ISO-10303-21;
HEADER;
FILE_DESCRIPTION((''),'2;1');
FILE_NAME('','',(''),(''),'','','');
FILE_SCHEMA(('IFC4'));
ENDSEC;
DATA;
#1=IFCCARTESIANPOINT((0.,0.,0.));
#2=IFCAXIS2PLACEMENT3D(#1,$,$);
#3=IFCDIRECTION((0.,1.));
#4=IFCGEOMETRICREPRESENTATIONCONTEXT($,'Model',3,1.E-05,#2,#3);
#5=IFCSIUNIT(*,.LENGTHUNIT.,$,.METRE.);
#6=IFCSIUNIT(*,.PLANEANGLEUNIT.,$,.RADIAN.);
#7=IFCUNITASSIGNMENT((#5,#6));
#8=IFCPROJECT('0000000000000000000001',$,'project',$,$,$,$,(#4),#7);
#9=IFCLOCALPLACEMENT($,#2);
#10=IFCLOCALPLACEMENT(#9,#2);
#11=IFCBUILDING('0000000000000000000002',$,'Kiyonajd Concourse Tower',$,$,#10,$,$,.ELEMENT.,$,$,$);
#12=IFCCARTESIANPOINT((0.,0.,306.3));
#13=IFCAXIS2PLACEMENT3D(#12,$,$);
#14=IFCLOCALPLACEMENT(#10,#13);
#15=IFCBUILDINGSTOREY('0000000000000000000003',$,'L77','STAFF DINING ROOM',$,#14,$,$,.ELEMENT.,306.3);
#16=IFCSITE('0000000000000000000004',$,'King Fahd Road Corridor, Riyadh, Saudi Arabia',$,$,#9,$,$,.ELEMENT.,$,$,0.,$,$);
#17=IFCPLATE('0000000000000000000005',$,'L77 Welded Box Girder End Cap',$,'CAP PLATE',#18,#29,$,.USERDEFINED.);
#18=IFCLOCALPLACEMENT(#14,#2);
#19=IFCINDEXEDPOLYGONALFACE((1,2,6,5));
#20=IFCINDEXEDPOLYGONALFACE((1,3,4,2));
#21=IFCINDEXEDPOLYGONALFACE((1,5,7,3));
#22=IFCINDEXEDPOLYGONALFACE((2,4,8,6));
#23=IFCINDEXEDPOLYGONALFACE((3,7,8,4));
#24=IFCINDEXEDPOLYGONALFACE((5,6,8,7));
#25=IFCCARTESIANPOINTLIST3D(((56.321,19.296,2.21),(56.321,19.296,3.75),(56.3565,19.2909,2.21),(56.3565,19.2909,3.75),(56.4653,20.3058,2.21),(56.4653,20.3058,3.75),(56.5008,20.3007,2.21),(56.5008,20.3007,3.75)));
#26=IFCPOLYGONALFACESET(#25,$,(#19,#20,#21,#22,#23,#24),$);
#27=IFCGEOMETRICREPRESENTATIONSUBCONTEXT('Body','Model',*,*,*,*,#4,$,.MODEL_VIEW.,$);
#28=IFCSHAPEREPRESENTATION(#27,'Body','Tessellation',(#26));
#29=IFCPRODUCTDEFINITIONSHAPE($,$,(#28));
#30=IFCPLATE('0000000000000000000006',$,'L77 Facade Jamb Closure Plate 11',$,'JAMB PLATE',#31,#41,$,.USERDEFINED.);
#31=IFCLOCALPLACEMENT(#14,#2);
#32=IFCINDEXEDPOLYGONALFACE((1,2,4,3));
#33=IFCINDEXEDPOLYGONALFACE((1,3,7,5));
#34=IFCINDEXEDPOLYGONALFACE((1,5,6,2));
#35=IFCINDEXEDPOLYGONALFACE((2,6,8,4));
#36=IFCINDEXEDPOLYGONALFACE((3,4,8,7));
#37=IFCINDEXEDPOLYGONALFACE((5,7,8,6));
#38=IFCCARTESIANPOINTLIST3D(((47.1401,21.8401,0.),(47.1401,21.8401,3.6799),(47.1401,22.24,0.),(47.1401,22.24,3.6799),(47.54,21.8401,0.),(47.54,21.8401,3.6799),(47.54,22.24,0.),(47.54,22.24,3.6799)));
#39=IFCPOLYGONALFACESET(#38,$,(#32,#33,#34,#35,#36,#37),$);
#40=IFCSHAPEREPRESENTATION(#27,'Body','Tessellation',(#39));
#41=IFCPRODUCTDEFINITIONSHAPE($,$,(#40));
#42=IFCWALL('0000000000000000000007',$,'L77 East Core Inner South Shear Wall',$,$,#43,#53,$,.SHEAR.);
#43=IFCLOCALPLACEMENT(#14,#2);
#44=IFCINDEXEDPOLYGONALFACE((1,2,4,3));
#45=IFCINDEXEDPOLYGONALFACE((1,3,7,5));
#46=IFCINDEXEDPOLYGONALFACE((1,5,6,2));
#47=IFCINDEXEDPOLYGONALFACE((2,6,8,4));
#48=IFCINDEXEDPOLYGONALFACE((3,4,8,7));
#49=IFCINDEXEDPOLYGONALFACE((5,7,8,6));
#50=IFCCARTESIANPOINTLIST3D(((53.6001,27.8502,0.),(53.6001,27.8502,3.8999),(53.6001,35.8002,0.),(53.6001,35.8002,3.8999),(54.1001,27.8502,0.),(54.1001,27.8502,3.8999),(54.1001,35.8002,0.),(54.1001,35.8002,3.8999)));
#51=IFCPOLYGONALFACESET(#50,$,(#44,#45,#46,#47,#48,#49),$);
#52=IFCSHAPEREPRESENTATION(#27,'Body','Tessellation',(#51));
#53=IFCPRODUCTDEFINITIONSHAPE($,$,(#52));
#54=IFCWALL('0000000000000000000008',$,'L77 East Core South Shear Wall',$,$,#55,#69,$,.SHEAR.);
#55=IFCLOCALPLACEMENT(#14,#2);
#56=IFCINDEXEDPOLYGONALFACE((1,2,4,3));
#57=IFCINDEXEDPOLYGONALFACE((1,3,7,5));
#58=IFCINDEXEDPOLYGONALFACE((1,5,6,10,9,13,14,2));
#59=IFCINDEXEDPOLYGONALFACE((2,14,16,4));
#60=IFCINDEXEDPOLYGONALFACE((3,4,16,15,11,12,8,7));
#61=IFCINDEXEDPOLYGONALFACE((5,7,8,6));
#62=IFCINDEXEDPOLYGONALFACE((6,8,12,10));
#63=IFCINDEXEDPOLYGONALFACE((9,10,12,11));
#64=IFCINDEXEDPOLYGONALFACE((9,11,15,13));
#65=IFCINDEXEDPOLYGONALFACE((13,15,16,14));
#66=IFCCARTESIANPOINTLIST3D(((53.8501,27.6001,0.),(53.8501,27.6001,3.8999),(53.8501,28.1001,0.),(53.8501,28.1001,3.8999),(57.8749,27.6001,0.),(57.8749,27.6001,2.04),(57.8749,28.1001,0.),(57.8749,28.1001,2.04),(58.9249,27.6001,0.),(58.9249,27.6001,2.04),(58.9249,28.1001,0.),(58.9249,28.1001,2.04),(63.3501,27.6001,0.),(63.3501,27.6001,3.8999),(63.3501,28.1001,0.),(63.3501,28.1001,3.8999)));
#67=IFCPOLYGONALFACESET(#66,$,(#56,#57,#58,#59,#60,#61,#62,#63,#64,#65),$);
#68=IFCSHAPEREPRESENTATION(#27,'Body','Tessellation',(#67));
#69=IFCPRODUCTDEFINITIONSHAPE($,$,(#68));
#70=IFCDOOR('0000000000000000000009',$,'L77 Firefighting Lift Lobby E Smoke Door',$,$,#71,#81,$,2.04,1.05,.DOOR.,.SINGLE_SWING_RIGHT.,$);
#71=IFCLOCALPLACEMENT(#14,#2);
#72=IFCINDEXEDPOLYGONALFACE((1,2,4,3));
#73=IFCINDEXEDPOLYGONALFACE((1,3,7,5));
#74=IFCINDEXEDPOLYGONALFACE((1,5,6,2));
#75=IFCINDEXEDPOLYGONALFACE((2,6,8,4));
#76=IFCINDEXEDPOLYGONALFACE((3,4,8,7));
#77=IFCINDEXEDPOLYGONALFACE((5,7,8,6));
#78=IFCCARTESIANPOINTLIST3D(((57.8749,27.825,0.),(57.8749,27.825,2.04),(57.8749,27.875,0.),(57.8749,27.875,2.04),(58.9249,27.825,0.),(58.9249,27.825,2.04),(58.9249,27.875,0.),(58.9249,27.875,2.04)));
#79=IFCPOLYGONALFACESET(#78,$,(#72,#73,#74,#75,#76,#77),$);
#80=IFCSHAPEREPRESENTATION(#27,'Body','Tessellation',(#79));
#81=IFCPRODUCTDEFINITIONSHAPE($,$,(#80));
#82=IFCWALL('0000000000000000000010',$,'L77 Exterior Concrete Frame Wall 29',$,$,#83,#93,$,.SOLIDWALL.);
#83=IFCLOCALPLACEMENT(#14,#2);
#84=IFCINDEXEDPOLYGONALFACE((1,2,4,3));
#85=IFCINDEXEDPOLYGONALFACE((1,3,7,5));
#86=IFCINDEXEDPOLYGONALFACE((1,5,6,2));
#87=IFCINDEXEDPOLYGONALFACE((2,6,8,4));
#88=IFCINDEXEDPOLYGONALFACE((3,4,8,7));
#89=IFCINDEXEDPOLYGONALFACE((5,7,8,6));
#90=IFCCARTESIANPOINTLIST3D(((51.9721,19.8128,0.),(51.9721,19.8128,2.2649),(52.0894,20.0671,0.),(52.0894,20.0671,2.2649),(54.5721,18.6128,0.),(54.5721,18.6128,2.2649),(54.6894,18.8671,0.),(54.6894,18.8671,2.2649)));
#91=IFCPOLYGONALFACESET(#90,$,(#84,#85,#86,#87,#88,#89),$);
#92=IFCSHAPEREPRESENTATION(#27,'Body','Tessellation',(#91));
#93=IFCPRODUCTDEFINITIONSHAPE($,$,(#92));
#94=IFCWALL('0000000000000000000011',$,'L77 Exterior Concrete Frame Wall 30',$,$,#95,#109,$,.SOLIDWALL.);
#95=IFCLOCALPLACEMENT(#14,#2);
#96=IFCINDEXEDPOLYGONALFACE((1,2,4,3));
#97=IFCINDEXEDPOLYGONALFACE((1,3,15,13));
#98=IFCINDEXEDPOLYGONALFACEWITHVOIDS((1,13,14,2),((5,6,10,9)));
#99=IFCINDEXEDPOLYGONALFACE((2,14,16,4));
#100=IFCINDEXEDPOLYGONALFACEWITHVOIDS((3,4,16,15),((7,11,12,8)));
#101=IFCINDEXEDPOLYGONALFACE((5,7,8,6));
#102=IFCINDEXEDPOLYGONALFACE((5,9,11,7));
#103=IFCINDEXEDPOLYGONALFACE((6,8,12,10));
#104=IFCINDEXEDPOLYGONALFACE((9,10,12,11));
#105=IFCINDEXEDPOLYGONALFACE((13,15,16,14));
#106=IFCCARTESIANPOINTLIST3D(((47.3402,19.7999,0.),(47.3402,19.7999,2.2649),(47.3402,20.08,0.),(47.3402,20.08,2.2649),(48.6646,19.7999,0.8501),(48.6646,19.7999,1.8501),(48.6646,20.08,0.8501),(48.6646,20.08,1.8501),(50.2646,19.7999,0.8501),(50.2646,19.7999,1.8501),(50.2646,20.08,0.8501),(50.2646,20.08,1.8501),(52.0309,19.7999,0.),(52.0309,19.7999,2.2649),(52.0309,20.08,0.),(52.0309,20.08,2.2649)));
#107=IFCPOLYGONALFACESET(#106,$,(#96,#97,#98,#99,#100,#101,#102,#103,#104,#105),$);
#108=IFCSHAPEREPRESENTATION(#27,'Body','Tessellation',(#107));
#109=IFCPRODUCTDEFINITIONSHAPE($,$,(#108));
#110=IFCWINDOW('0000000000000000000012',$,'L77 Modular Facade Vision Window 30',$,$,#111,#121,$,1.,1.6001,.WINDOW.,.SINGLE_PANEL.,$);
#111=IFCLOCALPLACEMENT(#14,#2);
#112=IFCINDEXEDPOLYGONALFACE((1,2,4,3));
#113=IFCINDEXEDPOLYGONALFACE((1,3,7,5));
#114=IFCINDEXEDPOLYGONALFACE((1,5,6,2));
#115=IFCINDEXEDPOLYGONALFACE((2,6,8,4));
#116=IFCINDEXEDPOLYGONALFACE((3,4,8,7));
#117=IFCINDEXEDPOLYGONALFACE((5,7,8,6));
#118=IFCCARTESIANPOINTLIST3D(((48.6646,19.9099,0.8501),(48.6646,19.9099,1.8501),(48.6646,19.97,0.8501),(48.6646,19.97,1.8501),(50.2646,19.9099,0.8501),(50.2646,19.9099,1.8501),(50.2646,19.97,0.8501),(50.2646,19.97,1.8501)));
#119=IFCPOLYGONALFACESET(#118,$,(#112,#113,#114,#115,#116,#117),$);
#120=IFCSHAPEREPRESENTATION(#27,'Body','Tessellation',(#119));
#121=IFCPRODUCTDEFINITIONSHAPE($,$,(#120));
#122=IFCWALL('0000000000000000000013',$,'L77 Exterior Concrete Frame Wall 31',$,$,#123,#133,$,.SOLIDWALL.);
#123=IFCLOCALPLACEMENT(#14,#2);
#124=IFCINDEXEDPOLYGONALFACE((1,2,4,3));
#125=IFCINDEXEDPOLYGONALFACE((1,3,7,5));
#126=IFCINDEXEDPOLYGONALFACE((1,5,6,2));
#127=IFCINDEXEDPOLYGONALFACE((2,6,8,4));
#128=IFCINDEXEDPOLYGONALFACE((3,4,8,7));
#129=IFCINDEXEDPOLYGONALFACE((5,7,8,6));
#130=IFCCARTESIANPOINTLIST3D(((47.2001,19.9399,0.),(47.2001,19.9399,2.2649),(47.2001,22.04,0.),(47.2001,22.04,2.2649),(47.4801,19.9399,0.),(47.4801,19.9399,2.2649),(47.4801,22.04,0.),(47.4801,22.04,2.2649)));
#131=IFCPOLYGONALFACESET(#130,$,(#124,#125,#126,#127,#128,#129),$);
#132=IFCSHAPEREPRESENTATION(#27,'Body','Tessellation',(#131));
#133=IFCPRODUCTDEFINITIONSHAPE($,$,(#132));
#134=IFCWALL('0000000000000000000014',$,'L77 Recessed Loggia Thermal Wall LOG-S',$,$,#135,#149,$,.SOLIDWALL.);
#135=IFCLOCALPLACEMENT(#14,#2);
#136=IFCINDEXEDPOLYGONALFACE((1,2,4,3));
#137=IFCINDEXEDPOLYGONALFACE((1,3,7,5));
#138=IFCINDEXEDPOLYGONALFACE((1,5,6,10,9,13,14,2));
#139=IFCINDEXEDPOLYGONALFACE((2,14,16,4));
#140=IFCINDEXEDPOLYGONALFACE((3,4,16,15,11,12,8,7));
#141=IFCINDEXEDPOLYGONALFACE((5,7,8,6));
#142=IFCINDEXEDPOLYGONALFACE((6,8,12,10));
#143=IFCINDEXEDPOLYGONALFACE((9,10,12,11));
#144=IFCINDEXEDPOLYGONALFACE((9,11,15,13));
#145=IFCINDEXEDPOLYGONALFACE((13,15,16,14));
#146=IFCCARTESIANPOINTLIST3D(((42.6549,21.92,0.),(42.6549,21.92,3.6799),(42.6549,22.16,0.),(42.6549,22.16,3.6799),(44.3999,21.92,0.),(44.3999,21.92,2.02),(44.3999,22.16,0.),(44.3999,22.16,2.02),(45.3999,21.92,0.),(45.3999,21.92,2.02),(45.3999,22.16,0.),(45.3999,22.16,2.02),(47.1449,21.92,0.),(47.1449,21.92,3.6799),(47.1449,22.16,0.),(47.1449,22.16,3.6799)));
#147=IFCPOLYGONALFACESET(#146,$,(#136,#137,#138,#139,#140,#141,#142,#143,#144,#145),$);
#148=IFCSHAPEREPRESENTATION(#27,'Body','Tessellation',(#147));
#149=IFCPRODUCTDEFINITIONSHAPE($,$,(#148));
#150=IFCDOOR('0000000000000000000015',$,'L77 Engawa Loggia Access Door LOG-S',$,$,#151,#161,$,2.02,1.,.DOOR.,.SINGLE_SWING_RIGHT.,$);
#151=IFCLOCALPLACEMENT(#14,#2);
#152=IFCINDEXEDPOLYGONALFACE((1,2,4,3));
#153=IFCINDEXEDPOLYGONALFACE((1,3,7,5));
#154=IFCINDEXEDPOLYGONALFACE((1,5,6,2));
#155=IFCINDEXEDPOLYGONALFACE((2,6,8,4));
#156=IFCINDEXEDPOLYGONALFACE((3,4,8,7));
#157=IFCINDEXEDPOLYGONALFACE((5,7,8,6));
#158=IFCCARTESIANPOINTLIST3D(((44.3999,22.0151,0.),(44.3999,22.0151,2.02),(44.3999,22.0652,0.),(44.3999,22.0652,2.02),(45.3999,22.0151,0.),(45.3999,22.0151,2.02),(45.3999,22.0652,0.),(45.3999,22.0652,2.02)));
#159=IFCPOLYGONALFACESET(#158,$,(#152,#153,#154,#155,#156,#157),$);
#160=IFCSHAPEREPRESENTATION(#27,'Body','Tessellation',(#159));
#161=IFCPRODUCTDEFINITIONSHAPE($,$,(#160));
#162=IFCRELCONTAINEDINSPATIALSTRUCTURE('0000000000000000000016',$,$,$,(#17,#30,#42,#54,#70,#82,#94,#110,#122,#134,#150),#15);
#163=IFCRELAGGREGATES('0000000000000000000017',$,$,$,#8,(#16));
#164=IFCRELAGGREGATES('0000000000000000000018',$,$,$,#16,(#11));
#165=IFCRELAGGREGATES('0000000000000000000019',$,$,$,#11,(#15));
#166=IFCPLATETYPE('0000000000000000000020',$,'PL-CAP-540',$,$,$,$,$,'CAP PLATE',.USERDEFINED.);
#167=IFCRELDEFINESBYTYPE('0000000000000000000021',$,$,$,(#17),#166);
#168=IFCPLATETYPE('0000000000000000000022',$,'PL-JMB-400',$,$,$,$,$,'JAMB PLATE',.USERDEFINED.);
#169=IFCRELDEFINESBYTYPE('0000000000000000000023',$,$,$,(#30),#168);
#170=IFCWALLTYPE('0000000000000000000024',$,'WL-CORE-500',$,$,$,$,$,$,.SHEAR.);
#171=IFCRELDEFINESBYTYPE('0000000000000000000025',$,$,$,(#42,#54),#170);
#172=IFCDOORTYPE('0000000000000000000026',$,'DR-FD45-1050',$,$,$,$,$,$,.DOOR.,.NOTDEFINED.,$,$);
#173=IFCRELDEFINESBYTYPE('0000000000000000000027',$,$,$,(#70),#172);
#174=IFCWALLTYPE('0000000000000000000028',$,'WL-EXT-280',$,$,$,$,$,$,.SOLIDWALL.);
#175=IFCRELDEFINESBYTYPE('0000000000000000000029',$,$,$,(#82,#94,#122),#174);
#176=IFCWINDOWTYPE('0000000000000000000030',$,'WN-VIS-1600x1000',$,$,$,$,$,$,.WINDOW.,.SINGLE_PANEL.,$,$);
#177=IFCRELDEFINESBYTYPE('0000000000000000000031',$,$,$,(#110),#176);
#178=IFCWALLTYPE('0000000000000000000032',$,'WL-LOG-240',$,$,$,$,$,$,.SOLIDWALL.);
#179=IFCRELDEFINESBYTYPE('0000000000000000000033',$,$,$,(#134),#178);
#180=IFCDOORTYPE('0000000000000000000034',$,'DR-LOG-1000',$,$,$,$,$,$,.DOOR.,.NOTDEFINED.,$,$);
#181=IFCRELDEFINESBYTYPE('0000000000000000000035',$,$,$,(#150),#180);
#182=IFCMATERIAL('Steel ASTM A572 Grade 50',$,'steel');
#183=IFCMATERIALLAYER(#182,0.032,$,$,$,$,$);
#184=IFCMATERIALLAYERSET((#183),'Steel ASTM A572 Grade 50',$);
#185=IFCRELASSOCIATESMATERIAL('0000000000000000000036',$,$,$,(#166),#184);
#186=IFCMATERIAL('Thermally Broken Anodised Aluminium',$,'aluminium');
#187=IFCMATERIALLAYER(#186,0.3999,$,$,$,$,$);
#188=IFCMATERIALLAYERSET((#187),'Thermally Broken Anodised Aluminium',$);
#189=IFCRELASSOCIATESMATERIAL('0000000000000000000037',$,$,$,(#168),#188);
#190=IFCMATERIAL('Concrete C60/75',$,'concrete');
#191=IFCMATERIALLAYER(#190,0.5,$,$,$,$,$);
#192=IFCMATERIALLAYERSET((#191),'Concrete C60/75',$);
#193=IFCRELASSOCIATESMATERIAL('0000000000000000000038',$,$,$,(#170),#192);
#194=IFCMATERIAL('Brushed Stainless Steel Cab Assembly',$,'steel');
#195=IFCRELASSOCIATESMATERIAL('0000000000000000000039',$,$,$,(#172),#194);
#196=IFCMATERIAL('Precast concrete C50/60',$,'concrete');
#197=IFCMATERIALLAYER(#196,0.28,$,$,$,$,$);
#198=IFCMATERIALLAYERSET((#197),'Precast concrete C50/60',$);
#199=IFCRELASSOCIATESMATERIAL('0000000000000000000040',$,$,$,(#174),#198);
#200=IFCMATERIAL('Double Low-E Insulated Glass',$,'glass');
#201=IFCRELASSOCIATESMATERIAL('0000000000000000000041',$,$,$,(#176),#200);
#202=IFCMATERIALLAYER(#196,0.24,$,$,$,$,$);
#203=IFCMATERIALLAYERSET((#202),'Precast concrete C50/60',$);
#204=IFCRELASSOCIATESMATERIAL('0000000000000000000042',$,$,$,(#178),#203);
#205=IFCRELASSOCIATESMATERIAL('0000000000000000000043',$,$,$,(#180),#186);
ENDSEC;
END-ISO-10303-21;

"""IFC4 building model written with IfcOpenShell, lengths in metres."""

from ifc_helpers import new_model, si_unit, direction, frame, frame_2d, origin, origin_2d, place, context, subcontext, project, spatial, rectangle, extrude, material, layer, layer_set, type_object, element, fill, save


model = new_model("IFC4")

# Units and contexts
model_context = context("Model", 3, precision=1e-05, world=origin(), true_north=direction((0.0, 1.0)))
body_context = subcontext(model_context, "Body", "Model", "MODEL_VIEW")
ifc_project = project(units=[si_unit("LENGTHUNIT", "METRE"), si_unit("PLANEANGLEUNIT", "RADIAN")], contexts=[model_context])

# Site, building, storey
site_placement = place(None, origin())
site = spatial("IfcSite", under=ifc_project, at=site_placement, Name="King Fahd Road Corridor, Riyadh, Saudi Arabia", CompositionType="ELEMENT", RefElevation=0.0)
building_placement = place(site_placement, origin())
building = spatial("IfcBuilding", under=site, at=building_placement, Name="Kiyonajd Concourse Tower", CompositionType="ELEMENT")
storey_placement = place(building_placement, frame((0.0, 0.0, 306.3)))
storey = spatial("IfcBuildingStorey", under=building, at=storey_placement, Name="L77", Description="STAFF DINING ROOM", CompositionType="ELEMENT", Elevation=306.3)

# Shared definitions
ifc_material_1 = material(Name="Concrete C60/75", Category="concrete")

# Shared definitions
ifc_material_2 = material(Name="Steel ASTM A572 Grade 50", Category="steel")

# Plates
ifc_layer_1 = layer(ifc_material_2, 0.032)
ifc_layer_set_1 = layer_set([ifc_layer_1], Name="Steel ASTM A572 Grade 50")
plate_type_1 = type_object("IfcPlateType", Name="PL-CAP-540", ElementType="CAP PLATE", PredefinedType="USERDEFINED", material=ifc_layer_set_1)
for number, where, z_axis, x_axis, name in (
    (1, (56.4109, 19.7983, 2.21), (0.0, 0.0, 1.0), (0.98995, -0.14142, 0.0), "L77 Welded Box Girder End Cap"),
):
    element("IfcPlate", number, at=place(storey_placement, frame(where, z_axis=z_axis, x_axis=x_axis)), inside=storey, type_object=plate_type_1, Name=name, ObjectType="CAP PLATE", PredefinedType="USERDEFINED", context=body_context, shape_type="SweptSolid", body=[
        extrude(rectangle(XDim=0.0359, YDim=1.02, at=origin_2d()), origin(), (0.0, 0.0, 1.0), 1.54),
    ])
ifc_material_3 = material(Name="Thermally Broken Anodised Aluminium", Category="aluminium")
ifc_layer_2 = layer(ifc_material_3, 0.3999)
ifc_layer_set_2 = layer_set([ifc_layer_2], Name="Thermally Broken Anodised Aluminium")
plate_type_2 = type_object("IfcPlateType", Name="PL-JMB-400", ElementType="JAMB PLATE", PredefinedType="USERDEFINED", material=ifc_layer_set_2)
plate_placement = place(storey_placement, frame((47.3401, 22.04, 0.0), z_axis=(0.0, 0.0, 1.0), x_axis=(1.0, 0.0, 0.0)))
element("IfcPlate", 2, at=plate_placement, inside=storey, type_object=plate_type_2, Name="L77 Facade Jamb Closure Plate 11", ObjectType="JAMB PLATE", PredefinedType="USERDEFINED", context=body_context, shape_type="SweptSolid", body=[
    extrude(rectangle(XDim=0.3999, YDim=0.3999, at=origin_2d()), origin(), (0.0, 0.0, 1.0), 3.6799),
])

# Wall
ifc_layer_3 = layer(ifc_material_1, 0.5)
ifc_layer_set_3 = layer_set([ifc_layer_3], Name="Concrete C60/75")
wall_type_1 = type_object("IfcWallType", Name="WL-CORE-500", PredefinedType="SHEAR", material=ifc_layer_set_3)
wall_1_placement = place(storey_placement, frame((53.8501, 27.8501, 0.0), z_axis=(0.0, 0.0, 1.0), x_axis=(0.0, 1.0, 0.0)))
element("IfcWall", 3, at=wall_1_placement, inside=storey, type_object=wall_type_1, Name="L77 East Core Inner South Shear Wall", PredefinedType="SHEAR", context=body_context, shape_type="SweptSolid", body=[
    extrude(rectangle(XDim=7.95, YDim=0.5, at=frame_2d((3.9751, 0.0))), origin(), (0.0, 0.0, 1.0), 3.8999),
])

# Wall, opening, door
wall_2_placement = place(storey_placement, frame((53.8501, 27.8501, 0.0), z_axis=(0.0, 0.0, 1.0), x_axis=(1.0, 0.0, 0.0)))
wall_2 = element("IfcWall", 4, at=wall_2_placement, inside=storey, type_object=wall_type_1, Name="L77 East Core South Shear Wall", PredefinedType="SHEAR", context=body_context, shape_type="SweptSolid", body=[
    extrude(rectangle(XDim=9.5, YDim=0.5, at=frame_2d((4.75, 0.0))), origin(), (0.0, 0.0, 1.0), 3.8999),
])
opening_1_placement = place(wall_2_placement, frame((4.0249, 0.0, 0.0)))
opening_1 = element("IfcOpeningElement", 5, at=opening_1_placement, cuts=wall_2, PredefinedType="OPENING", context=body_context, shape_type="SweptSolid", body=[
    extrude(rectangle(XDim=1.05, YDim=2.04, at=frame_2d((0.5249, 1.02))), frame((0.0, 0.26, 0.0), z_axis=(0.0, -1.0, 0.0), x_axis=(1.0, 0.0, 0.0)), (0.0, 0.0, 1.0), 0.52),
])
ifc_material_4 = material(Name="Brushed Stainless Steel Cab Assembly", Category="steel")
door_type_1 = type_object("IfcDoorType", Name="DR-FD45-1050", OperationType="NOTDEFINED", PredefinedType="DOOR", material=ifc_material_4)
door_1_placement = place(opening_1_placement, origin())
door_1 = element("IfcDoor", 6, at=door_1_placement, inside=storey, type_object=door_type_1, Name="L77 Firefighting Lift Lobby E Smoke Door", OperationType="SINGLE_SWING_RIGHT", OverallHeight=2.04, OverallWidth=1.05, PredefinedType="DOOR", context=body_context, shape_type="SweptSolid", body=[
    extrude(rectangle(XDim=1.05, YDim=2.04, at=frame_2d((0.5249, 1.02))), frame((0.0, 0.0249, 0.0), z_axis=(0.0, -1.0, 0.0), x_axis=(1.0, 0.0, 0.0)), (0.0, 0.0, 1.0), 0.05),
])
fill(opening_1, door_1)

# Wall
ifc_material_5 = material(Name="Precast concrete C50/60", Category="concrete")
ifc_layer_4 = layer(ifc_material_5, 0.28)
ifc_layer_set_4 = layer_set([ifc_layer_4], Name="Precast concrete C50/60")
wall_type_2 = type_object("IfcWallType", Name="WL-EXT-280", PredefinedType="SOLIDWALL", material=ifc_layer_set_4)
wall_3_placement = place(storey_placement, frame((54.6306, 18.74, 0.0), z_axis=(0.0, 0.0, 1.0), x_axis=(-0.907957, 0.419064, 0.0)))
element("IfcWall", 7, at=wall_3_placement, inside=storey, type_object=wall_type_2, Name="L77 Exterior Concrete Frame Wall 29", PredefinedType="SOLIDWALL", context=body_context, shape_type="SweptSolid", body=[
    extrude(rectangle(XDim=2.8635, YDim=0.28, at=frame_2d((1.4316, 0.0))), origin(), (0.0, 0.0, 1.0), 2.2649),
])

# Wall, opening, window
wall_4_placement = place(storey_placement, frame((52.0308, 19.9399, 0.0), z_axis=(0.0, 0.0, 1.0), x_axis=(-1.0, 0.0, 0.0)))
wall_4 = element("IfcWall", 8, at=wall_4_placement, inside=storey, type_object=wall_type_2, Name="L77 Exterior Concrete Frame Wall 30", PredefinedType="SOLIDWALL", context=body_context, shape_type="SweptSolid", body=[
    extrude(rectangle(XDim=4.6907, YDim=0.28, at=frame_2d((2.3452, 0.0))), origin(), (0.0, 0.0, 1.0), 2.2649),
])
opening_2_placement = place(wall_4_placement, frame((1.7661, 0.0, 0.8501)))
opening_2 = element("IfcOpeningElement", 9, at=opening_2_placement, cuts=wall_4, PredefinedType="OPENING", context=body_context, shape_type="SweptSolid", body=[
    extrude(rectangle(XDim=1.6001, YDim=1.0, at=frame_2d((0.8, 0.5))), frame((0.0, 0.1499, 0.0), z_axis=(0.0, -1.0, 0.0), x_axis=(1.0, 0.0, 0.0)), (0.0, 0.0, 1.0), 0.3),
])
ifc_material_6 = material(Name="Double Low-E Insulated Glass", Category="glass")
window_type = type_object("IfcWindowType", Name="WN-VIS-1600x1000", PartitioningType="SINGLE_PANEL", PredefinedType="WINDOW", material=ifc_material_6)
window_placement = place(opening_2_placement, origin())
window = element("IfcWindow", 10, at=window_placement, inside=storey, type_object=window_type, Name="L77 Modular Facade Vision Window 30", OverallHeight=1.0, OverallWidth=1.6001, PartitioningType="SINGLE_PANEL", PredefinedType="WINDOW", context=body_context, shape_type="SweptSolid", body=[
    extrude(rectangle(XDim=1.6001, YDim=1.0, at=frame_2d((0.8, 0.5))), frame((0.0, 0.03, 0.0), z_axis=(0.0, -1.0, 0.0), x_axis=(1.0, 0.0, 0.0)), (0.0, 0.0, 1.0), 0.0601),
])
fill(opening_2, window)

# Wall
wall_5_placement = place(storey_placement, frame((47.3401, 19.9399, 0.0), z_axis=(0.0, 0.0, 1.0), x_axis=(0.0, 1.0, 0.0)))
element("IfcWall", 11, at=wall_5_placement, inside=storey, type_object=wall_type_2, Name="L77 Exterior Concrete Frame Wall 31", PredefinedType="SOLIDWALL", context=body_context, shape_type="SweptSolid", body=[
    extrude(rectangle(XDim=2.1001, YDim=0.28, at=frame_2d((1.05, 0.0))), origin(), (0.0, 0.0, 1.0), 2.2649),
])

# Wall, opening, door
ifc_layer_5 = layer(ifc_material_5, 0.24)
ifc_layer_set_5 = layer_set([ifc_layer_5], Name="Precast concrete C50/60")
wall_type_3 = type_object("IfcWallType", Name="WL-LOG-240", PredefinedType="SOLIDWALL", material=ifc_layer_set_5)
wall_6_placement = place(storey_placement, frame((47.145, 22.04, 0.0), z_axis=(0.0, 0.0, 1.0), x_axis=(-1.0, 0.0, 0.0)))
wall_6 = element("IfcWall", 12, at=wall_6_placement, inside=storey, type_object=wall_type_3, Name="L77 Recessed Loggia Thermal Wall LOG-S", PredefinedType="SOLIDWALL", context=body_context, shape_type="SweptSolid", body=[
    extrude(rectangle(XDim=4.49, YDim=0.24, at=frame_2d((2.2451, 0.0))), origin(), (0.0, 0.0, 1.0), 3.6799),
])
opening_3_placement = place(wall_6_placement, frame((1.7451, 0.0, 0.0)))
opening_3 = element("IfcOpeningElement", 13, at=opening_3_placement, cuts=wall_6, PredefinedType="OPENING", context=body_context, shape_type="SweptSolid", body=[
    extrude(rectangle(XDim=1.0, YDim=2.02, at=frame_2d((0.5, 1.01))), frame((0.0, 0.1299, 0.0), z_axis=(0.0, -1.0, 0.0), x_axis=(1.0, 0.0, 0.0)), (0.0, 0.0, 1.0), 0.26),
])
door_type_2 = type_object("IfcDoorType", Name="DR-LOG-1000", OperationType="NOTDEFINED", PredefinedType="DOOR", material=ifc_material_3)
door_2_placement = place(opening_3_placement, origin())
door_2 = element("IfcDoor", 14, at=door_2_placement, inside=storey, type_object=door_type_2, Name="L77 Engawa Loggia Access Door LOG-S", OperationType="SINGLE_SWING_RIGHT", OverallHeight=2.02, OverallWidth=1.0, PredefinedType="DOOR", context=body_context, shape_type="SweptSolid", body=[
    extrude(rectangle(XDim=1.0, YDim=2.02, at=frame_2d((0.5, 1.01))), frame((0.0, 0.0249, 0.0), z_axis=(0.0, -1.0, 0.0), x_axis=(1.0, 0.0, 0.0)), (0.0, 0.0, 1.0), 0.05),
])
fill(opening_3, door_2)

save(model, "model.ifc")
